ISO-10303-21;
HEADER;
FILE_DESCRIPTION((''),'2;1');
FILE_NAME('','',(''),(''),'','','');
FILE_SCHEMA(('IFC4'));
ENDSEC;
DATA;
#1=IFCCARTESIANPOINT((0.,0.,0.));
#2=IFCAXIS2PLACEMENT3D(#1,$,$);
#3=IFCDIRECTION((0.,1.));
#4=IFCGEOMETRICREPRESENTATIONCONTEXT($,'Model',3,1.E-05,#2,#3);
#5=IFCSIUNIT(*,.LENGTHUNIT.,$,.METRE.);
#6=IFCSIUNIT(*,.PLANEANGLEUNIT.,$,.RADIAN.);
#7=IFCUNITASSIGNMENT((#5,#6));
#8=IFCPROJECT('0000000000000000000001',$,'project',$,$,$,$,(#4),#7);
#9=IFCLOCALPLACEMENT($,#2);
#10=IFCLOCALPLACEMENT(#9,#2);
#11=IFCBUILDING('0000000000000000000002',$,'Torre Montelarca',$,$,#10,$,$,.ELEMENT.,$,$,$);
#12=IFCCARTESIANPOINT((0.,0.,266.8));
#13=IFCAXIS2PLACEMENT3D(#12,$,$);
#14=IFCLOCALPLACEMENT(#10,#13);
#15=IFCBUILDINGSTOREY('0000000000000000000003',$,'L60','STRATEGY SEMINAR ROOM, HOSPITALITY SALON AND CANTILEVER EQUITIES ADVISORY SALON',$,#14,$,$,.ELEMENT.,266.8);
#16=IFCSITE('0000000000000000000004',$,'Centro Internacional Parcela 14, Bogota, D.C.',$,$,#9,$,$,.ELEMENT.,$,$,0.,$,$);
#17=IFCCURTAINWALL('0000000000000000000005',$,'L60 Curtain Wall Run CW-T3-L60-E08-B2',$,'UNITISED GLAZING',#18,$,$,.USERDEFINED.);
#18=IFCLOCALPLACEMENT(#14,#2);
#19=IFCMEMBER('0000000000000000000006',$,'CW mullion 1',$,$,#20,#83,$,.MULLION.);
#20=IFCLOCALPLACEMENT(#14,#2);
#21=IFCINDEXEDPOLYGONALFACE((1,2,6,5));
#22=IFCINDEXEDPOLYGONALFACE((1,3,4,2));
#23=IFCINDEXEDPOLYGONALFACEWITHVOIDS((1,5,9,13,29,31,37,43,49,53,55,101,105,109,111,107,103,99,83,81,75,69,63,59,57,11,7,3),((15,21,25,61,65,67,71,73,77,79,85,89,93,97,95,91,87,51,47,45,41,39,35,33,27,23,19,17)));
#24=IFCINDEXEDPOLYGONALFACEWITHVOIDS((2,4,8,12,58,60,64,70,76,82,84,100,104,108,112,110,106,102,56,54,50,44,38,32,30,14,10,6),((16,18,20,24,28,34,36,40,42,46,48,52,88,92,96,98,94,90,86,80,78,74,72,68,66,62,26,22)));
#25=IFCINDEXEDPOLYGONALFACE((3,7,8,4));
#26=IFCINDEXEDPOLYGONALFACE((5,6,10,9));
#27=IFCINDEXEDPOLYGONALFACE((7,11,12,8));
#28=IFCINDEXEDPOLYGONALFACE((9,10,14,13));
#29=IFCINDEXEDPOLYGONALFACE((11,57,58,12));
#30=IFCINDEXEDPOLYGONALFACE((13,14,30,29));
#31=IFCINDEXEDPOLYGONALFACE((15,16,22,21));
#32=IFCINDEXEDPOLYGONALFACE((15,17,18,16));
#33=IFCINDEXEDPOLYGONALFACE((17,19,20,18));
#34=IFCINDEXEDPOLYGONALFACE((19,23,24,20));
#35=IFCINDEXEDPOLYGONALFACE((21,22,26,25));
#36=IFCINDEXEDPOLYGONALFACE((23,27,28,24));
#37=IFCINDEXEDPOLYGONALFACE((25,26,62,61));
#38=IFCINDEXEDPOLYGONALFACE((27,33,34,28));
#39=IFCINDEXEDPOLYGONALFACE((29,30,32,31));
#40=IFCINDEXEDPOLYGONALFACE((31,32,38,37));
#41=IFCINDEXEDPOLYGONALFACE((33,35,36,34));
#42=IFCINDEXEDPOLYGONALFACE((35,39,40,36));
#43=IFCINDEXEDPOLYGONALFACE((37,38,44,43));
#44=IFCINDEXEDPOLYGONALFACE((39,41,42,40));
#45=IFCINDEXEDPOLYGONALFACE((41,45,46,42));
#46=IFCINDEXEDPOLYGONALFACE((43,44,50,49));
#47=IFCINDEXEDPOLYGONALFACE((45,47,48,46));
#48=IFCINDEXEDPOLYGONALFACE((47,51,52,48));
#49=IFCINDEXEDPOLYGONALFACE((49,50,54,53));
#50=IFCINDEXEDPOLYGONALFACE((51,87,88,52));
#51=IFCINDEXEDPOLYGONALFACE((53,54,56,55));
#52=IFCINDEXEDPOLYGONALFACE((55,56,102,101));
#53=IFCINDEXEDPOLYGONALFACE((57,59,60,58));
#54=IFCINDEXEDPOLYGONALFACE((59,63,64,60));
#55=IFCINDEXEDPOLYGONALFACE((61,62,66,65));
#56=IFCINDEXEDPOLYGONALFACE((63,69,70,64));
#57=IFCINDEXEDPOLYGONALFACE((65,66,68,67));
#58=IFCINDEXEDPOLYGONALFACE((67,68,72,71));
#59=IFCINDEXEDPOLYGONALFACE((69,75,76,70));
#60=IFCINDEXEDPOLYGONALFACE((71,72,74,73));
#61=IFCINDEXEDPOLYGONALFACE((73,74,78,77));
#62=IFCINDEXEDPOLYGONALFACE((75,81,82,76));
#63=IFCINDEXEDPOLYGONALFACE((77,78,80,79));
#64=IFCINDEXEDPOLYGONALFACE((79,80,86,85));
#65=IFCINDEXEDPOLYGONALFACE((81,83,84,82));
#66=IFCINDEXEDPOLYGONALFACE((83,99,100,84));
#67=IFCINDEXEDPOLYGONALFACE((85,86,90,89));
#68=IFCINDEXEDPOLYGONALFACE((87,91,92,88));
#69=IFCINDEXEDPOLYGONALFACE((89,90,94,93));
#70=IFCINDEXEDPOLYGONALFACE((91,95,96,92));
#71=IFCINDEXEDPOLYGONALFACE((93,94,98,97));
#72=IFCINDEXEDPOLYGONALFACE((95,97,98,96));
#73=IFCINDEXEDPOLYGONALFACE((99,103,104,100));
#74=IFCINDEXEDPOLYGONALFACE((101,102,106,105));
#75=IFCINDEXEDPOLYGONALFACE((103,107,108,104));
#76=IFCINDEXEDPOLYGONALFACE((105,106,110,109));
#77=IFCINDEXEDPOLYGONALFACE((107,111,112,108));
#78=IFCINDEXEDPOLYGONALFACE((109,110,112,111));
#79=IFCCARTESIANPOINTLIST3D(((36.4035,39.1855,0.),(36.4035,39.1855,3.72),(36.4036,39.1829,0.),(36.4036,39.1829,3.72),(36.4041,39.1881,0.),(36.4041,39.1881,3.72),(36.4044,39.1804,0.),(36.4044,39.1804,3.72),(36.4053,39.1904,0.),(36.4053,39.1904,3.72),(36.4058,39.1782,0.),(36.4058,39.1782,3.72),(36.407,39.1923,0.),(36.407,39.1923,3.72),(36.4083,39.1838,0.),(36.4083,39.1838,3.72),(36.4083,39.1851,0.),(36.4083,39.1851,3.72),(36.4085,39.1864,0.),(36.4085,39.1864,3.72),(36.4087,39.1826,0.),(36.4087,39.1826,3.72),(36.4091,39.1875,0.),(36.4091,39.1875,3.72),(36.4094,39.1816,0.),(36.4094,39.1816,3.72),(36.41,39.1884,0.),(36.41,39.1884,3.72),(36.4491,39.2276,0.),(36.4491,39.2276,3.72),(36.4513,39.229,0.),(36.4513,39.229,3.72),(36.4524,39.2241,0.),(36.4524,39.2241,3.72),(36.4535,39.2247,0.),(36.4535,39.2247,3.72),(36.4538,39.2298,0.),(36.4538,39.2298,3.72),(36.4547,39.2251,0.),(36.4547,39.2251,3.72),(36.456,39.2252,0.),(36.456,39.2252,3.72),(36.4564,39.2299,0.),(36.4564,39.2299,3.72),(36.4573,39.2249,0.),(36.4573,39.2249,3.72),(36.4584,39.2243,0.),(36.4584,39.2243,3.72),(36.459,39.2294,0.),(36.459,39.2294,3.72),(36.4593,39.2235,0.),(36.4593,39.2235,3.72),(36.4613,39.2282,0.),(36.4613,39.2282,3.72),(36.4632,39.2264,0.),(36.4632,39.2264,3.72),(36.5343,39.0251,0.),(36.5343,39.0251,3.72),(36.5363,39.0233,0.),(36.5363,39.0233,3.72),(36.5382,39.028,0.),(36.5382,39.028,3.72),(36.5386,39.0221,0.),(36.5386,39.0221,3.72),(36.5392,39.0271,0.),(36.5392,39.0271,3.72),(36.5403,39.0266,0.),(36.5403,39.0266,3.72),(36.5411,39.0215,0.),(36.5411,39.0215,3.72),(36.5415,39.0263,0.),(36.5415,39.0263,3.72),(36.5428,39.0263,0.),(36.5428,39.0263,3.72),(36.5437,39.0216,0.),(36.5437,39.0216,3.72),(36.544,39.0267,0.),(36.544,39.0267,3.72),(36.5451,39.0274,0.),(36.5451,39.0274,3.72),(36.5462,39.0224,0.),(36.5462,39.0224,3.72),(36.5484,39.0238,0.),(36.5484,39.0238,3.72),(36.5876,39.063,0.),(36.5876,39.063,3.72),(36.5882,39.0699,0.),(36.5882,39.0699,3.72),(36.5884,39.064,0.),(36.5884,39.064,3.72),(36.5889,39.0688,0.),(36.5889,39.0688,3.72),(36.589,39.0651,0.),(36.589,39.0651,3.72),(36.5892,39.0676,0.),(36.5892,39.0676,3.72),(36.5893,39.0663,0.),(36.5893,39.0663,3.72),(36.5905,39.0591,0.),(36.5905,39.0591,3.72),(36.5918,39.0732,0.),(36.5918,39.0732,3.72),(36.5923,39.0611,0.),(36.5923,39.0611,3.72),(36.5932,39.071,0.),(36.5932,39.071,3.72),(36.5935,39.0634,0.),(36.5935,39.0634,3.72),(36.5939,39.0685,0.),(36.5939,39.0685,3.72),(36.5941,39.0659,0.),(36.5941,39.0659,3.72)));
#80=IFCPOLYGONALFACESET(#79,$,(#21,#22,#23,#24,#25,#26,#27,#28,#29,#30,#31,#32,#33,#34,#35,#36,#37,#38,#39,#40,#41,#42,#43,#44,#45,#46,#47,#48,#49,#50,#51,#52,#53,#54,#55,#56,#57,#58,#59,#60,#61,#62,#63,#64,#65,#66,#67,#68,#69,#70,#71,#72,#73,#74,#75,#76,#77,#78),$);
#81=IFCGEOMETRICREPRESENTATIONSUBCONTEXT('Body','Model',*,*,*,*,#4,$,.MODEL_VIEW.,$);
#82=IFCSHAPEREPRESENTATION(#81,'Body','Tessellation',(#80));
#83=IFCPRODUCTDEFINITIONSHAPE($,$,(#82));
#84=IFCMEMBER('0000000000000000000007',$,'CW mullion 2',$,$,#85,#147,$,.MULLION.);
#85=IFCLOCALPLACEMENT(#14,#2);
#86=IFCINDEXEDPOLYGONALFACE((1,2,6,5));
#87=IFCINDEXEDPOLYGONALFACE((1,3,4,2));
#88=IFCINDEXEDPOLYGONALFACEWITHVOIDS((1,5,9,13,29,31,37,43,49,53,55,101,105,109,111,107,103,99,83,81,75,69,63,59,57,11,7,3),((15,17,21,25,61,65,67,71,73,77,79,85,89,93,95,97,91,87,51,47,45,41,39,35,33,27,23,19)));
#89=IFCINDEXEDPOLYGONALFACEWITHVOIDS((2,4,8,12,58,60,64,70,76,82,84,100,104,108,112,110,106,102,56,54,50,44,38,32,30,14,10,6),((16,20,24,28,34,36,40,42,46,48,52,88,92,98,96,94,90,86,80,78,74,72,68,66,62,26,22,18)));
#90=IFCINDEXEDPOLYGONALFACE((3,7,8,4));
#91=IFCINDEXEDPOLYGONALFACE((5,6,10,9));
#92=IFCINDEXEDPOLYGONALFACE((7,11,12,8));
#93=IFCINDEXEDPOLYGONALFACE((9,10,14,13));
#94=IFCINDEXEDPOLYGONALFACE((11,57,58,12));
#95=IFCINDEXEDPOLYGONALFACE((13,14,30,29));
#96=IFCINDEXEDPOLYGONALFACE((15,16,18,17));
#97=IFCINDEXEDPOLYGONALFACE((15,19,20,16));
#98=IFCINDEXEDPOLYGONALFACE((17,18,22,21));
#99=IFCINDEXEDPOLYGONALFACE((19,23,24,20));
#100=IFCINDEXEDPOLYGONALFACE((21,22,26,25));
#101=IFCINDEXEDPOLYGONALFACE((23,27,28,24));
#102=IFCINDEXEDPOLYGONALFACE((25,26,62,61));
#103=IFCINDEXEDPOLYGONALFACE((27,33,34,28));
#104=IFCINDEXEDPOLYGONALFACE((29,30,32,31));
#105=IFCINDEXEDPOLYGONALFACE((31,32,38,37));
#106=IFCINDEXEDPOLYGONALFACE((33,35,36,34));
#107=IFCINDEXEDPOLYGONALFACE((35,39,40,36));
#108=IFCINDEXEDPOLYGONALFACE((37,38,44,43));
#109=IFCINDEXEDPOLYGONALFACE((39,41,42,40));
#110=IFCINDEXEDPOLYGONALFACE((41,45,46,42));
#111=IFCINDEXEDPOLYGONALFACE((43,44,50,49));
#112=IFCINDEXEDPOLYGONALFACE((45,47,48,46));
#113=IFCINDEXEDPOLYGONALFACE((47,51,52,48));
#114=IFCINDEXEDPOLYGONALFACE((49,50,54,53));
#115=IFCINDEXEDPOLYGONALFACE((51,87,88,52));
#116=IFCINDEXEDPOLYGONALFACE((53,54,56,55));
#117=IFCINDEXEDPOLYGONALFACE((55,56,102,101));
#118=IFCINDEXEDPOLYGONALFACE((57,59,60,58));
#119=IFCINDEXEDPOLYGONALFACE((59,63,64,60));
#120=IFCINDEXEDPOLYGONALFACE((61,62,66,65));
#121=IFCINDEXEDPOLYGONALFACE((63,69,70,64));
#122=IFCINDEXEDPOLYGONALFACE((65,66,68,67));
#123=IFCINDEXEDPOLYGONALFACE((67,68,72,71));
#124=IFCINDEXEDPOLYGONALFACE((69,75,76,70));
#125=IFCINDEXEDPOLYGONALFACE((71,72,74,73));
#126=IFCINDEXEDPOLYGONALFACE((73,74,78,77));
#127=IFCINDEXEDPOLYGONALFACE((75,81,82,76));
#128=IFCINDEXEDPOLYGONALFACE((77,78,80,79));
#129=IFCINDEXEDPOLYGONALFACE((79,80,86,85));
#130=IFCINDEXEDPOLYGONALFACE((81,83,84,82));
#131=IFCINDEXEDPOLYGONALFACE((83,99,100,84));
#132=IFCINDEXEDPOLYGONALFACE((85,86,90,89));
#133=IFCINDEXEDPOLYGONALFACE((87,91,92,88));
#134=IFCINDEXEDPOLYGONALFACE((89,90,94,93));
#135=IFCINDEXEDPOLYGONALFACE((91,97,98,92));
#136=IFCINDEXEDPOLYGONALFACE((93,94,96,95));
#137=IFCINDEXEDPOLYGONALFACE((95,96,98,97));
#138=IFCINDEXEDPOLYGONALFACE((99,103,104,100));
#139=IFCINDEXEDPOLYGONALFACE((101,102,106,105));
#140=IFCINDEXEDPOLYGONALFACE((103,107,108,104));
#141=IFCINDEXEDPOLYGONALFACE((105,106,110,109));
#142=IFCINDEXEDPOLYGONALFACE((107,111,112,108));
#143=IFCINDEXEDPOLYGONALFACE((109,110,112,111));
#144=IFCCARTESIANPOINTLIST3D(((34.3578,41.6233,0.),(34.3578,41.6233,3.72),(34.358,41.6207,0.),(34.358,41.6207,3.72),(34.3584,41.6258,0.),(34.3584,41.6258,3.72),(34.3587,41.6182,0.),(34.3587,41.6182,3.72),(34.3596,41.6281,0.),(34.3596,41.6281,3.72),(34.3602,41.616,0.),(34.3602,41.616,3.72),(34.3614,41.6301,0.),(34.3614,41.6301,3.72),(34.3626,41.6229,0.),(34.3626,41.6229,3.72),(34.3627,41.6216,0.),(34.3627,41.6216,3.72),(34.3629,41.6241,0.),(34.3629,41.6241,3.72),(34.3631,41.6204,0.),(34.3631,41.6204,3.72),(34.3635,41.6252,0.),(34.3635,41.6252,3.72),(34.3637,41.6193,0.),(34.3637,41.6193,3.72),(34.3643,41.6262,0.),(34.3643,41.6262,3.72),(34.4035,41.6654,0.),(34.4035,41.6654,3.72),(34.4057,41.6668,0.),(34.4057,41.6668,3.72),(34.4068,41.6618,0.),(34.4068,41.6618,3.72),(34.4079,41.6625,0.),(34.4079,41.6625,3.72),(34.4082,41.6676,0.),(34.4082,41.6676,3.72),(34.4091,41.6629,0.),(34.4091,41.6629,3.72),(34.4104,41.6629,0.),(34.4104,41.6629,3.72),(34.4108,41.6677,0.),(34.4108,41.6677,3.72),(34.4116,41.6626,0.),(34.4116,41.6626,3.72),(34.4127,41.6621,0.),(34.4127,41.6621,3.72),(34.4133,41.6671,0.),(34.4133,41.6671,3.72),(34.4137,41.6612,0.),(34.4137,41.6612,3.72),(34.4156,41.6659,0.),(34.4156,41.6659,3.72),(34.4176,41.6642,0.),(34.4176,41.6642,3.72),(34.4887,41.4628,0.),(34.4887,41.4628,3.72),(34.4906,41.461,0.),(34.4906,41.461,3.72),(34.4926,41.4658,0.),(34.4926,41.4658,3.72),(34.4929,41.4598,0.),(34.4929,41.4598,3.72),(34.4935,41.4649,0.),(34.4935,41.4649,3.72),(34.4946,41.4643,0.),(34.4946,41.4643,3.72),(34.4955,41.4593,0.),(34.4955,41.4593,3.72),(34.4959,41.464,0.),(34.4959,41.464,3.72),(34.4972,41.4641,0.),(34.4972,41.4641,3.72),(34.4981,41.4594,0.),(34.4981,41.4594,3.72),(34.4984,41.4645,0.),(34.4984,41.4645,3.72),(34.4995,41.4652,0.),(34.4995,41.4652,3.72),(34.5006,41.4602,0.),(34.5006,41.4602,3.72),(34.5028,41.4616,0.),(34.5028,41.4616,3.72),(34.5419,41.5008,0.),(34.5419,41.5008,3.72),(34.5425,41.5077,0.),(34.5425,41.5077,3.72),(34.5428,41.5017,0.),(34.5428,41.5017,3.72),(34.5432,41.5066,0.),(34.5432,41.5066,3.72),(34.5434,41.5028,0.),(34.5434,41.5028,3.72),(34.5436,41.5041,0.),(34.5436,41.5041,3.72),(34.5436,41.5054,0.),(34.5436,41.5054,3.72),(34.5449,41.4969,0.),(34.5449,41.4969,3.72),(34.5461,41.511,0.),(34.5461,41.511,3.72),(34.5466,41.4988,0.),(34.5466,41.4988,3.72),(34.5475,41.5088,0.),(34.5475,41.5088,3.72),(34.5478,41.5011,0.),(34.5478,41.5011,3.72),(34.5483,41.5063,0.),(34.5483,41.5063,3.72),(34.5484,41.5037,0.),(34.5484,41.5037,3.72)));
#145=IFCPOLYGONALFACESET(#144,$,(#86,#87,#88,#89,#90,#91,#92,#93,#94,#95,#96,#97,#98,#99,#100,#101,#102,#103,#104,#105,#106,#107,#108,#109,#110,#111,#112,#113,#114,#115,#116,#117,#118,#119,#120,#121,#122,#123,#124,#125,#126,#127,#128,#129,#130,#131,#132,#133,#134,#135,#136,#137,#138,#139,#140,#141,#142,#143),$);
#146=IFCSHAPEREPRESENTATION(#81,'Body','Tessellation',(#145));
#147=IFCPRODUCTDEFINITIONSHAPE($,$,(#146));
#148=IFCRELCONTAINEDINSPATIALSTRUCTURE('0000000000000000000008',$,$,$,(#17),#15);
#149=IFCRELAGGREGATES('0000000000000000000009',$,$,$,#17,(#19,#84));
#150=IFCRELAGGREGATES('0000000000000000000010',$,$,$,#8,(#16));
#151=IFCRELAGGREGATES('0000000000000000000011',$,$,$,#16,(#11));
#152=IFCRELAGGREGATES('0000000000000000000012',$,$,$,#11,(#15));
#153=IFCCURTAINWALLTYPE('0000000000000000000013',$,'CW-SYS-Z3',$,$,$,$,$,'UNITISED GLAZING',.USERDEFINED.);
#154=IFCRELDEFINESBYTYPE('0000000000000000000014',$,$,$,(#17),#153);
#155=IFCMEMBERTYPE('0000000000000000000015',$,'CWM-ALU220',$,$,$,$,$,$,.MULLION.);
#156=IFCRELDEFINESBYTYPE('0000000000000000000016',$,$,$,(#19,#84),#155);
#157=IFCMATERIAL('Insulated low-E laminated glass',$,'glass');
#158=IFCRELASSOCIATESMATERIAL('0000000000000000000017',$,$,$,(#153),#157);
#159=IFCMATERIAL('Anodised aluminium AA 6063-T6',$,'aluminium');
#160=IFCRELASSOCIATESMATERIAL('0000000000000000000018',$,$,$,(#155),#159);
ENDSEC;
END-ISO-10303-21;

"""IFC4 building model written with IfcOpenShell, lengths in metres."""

from ifc_helpers import new_model, si_unit, direction, frame, origin, origin_2d, place, context, subcontext, project, spatial, hollow_rectangle, extrude, source, transform, mapped, material, material_profile, profile_set, type_object, element, aggregate, save


model = new_model("IFC4")

# Units and contexts
model_context = context("Model", 3, precision=1e-05, world=origin(), true_north=direction((0.0, 1.0)))
body_context = subcontext(model_context, "Body", "Model", "MODEL_VIEW")
ifc_project = project(units=[si_unit("LENGTHUNIT", "METRE"), si_unit("PLANEANGLEUNIT", "RADIAN")], contexts=[model_context])

# Site, building, storey
site_placement = place(None, origin())
site = spatial("IfcSite", under=ifc_project, at=site_placement, Name="Centro Internacional Parcela 14, Bogota, D.C.", CompositionType="ELEMENT", RefElevation=0.0)
building_placement = place(site_placement, origin())
building = spatial("IfcBuilding", under=site, at=building_placement, Name="Torre Montelarca", CompositionType="ELEMENT")
storey_placement = place(building_placement, frame((0.0, 0.0, 266.8)))
storey = spatial("IfcBuildingStorey", under=building, at=storey_placement, Name="L60", Description="STRATEGY SEMINAR ROOM, HOSPITALITY SALON AND CANTILEVER EQUITIES ADVISORY SALON", CompositionType="ELEMENT", Elevation=266.8)

# Curtain wall, members
ifc_material_1 = material(Name="Insulated low-E laminated glass", Category="glass")
curtain_wall_type = type_object("IfcCurtainWallType", Name="CW-SYS-Z3", ElementType="UNITISED GLAZING", PredefinedType="USERDEFINED", material=ifc_material_1)
ifc_material_2 = material(Name="Anodised aluminium AA 6063-T6", Category="aluminium")
ifc_material_profile_1 = material_profile(ifc_material_2, hollow_rectangle(XDim=0.075, YDim=0.22, WallThickness=0.0049, InnerFilletRadius=0.0049, OuterFilletRadius=0.01, at=origin_2d()), Name="ALU75X220X5", Category="aluminium")
ifc_profile_set_1 = profile_set([ifc_material_profile_1], Name="Anodised aluminium AA 6063-T6")
member_type_1 = type_object("IfcMemberType", Name="CWM-ALU220", PredefinedType="MULLION", material=ifc_profile_set_1)
shared_shape_1 = source(origin(), body_context, "Body", "SweptSolid", [
    extrude(hollow_rectangle(XDim=0.075, YDim=0.22, WallThickness=0.0049, InnerFilletRadius=0.0049, OuterFilletRadius=0.01, at=origin_2d()), origin(), (0.0, 0.0, 1.0), 3.72),
])
curtain_wall_1_placement = place(storey_placement, origin())
curtain_wall_1 = element("IfcCurtainWall", 1, at=curtain_wall_1_placement, inside=storey, type_object=curtain_wall_type, Name="L60 Curtain Wall Run CW-T3-L60-E08-B2", ObjectType="UNITISED GLAZING", PredefinedType="USERDEFINED")
member_1_placement = place(storey_placement, frame((36.4988, 39.1257, 0.0), z_axis=(0.0, 0.0, 1.0), x_axis=(-0.766039, -0.642794, 0.0)))
member_1 = element("IfcMember", 2, at=member_1_placement, type_object=member_type_1, Name="CW mullion 1", PredefinedType="MULLION", context=body_context, shape_type="MappedRepresentation", body=[
    mapped(shared_shape_1, transform((0.0, 0.0, 0.0), scale=1.0)),
])
member_2_placement = place(storey_placement, frame((34.4531, 41.5635, 0.0), z_axis=(0.0, 0.0, 1.0), x_axis=(-0.766039, -0.642794, 0.0)))
member_2 = element("IfcMember", 3, at=member_2_placement, type_object=member_type_1, Name="CW mullion 2", PredefinedType="MULLION", context=body_context, shape_type="MappedRepresentation", body=[
    mapped(shared_shape_1, transform((0.0, 0.0, 0.0), scale=1.0)),
])

aggregate(curtain_wall_1, [member_1, member_2])

save(model, "model.ifc")
